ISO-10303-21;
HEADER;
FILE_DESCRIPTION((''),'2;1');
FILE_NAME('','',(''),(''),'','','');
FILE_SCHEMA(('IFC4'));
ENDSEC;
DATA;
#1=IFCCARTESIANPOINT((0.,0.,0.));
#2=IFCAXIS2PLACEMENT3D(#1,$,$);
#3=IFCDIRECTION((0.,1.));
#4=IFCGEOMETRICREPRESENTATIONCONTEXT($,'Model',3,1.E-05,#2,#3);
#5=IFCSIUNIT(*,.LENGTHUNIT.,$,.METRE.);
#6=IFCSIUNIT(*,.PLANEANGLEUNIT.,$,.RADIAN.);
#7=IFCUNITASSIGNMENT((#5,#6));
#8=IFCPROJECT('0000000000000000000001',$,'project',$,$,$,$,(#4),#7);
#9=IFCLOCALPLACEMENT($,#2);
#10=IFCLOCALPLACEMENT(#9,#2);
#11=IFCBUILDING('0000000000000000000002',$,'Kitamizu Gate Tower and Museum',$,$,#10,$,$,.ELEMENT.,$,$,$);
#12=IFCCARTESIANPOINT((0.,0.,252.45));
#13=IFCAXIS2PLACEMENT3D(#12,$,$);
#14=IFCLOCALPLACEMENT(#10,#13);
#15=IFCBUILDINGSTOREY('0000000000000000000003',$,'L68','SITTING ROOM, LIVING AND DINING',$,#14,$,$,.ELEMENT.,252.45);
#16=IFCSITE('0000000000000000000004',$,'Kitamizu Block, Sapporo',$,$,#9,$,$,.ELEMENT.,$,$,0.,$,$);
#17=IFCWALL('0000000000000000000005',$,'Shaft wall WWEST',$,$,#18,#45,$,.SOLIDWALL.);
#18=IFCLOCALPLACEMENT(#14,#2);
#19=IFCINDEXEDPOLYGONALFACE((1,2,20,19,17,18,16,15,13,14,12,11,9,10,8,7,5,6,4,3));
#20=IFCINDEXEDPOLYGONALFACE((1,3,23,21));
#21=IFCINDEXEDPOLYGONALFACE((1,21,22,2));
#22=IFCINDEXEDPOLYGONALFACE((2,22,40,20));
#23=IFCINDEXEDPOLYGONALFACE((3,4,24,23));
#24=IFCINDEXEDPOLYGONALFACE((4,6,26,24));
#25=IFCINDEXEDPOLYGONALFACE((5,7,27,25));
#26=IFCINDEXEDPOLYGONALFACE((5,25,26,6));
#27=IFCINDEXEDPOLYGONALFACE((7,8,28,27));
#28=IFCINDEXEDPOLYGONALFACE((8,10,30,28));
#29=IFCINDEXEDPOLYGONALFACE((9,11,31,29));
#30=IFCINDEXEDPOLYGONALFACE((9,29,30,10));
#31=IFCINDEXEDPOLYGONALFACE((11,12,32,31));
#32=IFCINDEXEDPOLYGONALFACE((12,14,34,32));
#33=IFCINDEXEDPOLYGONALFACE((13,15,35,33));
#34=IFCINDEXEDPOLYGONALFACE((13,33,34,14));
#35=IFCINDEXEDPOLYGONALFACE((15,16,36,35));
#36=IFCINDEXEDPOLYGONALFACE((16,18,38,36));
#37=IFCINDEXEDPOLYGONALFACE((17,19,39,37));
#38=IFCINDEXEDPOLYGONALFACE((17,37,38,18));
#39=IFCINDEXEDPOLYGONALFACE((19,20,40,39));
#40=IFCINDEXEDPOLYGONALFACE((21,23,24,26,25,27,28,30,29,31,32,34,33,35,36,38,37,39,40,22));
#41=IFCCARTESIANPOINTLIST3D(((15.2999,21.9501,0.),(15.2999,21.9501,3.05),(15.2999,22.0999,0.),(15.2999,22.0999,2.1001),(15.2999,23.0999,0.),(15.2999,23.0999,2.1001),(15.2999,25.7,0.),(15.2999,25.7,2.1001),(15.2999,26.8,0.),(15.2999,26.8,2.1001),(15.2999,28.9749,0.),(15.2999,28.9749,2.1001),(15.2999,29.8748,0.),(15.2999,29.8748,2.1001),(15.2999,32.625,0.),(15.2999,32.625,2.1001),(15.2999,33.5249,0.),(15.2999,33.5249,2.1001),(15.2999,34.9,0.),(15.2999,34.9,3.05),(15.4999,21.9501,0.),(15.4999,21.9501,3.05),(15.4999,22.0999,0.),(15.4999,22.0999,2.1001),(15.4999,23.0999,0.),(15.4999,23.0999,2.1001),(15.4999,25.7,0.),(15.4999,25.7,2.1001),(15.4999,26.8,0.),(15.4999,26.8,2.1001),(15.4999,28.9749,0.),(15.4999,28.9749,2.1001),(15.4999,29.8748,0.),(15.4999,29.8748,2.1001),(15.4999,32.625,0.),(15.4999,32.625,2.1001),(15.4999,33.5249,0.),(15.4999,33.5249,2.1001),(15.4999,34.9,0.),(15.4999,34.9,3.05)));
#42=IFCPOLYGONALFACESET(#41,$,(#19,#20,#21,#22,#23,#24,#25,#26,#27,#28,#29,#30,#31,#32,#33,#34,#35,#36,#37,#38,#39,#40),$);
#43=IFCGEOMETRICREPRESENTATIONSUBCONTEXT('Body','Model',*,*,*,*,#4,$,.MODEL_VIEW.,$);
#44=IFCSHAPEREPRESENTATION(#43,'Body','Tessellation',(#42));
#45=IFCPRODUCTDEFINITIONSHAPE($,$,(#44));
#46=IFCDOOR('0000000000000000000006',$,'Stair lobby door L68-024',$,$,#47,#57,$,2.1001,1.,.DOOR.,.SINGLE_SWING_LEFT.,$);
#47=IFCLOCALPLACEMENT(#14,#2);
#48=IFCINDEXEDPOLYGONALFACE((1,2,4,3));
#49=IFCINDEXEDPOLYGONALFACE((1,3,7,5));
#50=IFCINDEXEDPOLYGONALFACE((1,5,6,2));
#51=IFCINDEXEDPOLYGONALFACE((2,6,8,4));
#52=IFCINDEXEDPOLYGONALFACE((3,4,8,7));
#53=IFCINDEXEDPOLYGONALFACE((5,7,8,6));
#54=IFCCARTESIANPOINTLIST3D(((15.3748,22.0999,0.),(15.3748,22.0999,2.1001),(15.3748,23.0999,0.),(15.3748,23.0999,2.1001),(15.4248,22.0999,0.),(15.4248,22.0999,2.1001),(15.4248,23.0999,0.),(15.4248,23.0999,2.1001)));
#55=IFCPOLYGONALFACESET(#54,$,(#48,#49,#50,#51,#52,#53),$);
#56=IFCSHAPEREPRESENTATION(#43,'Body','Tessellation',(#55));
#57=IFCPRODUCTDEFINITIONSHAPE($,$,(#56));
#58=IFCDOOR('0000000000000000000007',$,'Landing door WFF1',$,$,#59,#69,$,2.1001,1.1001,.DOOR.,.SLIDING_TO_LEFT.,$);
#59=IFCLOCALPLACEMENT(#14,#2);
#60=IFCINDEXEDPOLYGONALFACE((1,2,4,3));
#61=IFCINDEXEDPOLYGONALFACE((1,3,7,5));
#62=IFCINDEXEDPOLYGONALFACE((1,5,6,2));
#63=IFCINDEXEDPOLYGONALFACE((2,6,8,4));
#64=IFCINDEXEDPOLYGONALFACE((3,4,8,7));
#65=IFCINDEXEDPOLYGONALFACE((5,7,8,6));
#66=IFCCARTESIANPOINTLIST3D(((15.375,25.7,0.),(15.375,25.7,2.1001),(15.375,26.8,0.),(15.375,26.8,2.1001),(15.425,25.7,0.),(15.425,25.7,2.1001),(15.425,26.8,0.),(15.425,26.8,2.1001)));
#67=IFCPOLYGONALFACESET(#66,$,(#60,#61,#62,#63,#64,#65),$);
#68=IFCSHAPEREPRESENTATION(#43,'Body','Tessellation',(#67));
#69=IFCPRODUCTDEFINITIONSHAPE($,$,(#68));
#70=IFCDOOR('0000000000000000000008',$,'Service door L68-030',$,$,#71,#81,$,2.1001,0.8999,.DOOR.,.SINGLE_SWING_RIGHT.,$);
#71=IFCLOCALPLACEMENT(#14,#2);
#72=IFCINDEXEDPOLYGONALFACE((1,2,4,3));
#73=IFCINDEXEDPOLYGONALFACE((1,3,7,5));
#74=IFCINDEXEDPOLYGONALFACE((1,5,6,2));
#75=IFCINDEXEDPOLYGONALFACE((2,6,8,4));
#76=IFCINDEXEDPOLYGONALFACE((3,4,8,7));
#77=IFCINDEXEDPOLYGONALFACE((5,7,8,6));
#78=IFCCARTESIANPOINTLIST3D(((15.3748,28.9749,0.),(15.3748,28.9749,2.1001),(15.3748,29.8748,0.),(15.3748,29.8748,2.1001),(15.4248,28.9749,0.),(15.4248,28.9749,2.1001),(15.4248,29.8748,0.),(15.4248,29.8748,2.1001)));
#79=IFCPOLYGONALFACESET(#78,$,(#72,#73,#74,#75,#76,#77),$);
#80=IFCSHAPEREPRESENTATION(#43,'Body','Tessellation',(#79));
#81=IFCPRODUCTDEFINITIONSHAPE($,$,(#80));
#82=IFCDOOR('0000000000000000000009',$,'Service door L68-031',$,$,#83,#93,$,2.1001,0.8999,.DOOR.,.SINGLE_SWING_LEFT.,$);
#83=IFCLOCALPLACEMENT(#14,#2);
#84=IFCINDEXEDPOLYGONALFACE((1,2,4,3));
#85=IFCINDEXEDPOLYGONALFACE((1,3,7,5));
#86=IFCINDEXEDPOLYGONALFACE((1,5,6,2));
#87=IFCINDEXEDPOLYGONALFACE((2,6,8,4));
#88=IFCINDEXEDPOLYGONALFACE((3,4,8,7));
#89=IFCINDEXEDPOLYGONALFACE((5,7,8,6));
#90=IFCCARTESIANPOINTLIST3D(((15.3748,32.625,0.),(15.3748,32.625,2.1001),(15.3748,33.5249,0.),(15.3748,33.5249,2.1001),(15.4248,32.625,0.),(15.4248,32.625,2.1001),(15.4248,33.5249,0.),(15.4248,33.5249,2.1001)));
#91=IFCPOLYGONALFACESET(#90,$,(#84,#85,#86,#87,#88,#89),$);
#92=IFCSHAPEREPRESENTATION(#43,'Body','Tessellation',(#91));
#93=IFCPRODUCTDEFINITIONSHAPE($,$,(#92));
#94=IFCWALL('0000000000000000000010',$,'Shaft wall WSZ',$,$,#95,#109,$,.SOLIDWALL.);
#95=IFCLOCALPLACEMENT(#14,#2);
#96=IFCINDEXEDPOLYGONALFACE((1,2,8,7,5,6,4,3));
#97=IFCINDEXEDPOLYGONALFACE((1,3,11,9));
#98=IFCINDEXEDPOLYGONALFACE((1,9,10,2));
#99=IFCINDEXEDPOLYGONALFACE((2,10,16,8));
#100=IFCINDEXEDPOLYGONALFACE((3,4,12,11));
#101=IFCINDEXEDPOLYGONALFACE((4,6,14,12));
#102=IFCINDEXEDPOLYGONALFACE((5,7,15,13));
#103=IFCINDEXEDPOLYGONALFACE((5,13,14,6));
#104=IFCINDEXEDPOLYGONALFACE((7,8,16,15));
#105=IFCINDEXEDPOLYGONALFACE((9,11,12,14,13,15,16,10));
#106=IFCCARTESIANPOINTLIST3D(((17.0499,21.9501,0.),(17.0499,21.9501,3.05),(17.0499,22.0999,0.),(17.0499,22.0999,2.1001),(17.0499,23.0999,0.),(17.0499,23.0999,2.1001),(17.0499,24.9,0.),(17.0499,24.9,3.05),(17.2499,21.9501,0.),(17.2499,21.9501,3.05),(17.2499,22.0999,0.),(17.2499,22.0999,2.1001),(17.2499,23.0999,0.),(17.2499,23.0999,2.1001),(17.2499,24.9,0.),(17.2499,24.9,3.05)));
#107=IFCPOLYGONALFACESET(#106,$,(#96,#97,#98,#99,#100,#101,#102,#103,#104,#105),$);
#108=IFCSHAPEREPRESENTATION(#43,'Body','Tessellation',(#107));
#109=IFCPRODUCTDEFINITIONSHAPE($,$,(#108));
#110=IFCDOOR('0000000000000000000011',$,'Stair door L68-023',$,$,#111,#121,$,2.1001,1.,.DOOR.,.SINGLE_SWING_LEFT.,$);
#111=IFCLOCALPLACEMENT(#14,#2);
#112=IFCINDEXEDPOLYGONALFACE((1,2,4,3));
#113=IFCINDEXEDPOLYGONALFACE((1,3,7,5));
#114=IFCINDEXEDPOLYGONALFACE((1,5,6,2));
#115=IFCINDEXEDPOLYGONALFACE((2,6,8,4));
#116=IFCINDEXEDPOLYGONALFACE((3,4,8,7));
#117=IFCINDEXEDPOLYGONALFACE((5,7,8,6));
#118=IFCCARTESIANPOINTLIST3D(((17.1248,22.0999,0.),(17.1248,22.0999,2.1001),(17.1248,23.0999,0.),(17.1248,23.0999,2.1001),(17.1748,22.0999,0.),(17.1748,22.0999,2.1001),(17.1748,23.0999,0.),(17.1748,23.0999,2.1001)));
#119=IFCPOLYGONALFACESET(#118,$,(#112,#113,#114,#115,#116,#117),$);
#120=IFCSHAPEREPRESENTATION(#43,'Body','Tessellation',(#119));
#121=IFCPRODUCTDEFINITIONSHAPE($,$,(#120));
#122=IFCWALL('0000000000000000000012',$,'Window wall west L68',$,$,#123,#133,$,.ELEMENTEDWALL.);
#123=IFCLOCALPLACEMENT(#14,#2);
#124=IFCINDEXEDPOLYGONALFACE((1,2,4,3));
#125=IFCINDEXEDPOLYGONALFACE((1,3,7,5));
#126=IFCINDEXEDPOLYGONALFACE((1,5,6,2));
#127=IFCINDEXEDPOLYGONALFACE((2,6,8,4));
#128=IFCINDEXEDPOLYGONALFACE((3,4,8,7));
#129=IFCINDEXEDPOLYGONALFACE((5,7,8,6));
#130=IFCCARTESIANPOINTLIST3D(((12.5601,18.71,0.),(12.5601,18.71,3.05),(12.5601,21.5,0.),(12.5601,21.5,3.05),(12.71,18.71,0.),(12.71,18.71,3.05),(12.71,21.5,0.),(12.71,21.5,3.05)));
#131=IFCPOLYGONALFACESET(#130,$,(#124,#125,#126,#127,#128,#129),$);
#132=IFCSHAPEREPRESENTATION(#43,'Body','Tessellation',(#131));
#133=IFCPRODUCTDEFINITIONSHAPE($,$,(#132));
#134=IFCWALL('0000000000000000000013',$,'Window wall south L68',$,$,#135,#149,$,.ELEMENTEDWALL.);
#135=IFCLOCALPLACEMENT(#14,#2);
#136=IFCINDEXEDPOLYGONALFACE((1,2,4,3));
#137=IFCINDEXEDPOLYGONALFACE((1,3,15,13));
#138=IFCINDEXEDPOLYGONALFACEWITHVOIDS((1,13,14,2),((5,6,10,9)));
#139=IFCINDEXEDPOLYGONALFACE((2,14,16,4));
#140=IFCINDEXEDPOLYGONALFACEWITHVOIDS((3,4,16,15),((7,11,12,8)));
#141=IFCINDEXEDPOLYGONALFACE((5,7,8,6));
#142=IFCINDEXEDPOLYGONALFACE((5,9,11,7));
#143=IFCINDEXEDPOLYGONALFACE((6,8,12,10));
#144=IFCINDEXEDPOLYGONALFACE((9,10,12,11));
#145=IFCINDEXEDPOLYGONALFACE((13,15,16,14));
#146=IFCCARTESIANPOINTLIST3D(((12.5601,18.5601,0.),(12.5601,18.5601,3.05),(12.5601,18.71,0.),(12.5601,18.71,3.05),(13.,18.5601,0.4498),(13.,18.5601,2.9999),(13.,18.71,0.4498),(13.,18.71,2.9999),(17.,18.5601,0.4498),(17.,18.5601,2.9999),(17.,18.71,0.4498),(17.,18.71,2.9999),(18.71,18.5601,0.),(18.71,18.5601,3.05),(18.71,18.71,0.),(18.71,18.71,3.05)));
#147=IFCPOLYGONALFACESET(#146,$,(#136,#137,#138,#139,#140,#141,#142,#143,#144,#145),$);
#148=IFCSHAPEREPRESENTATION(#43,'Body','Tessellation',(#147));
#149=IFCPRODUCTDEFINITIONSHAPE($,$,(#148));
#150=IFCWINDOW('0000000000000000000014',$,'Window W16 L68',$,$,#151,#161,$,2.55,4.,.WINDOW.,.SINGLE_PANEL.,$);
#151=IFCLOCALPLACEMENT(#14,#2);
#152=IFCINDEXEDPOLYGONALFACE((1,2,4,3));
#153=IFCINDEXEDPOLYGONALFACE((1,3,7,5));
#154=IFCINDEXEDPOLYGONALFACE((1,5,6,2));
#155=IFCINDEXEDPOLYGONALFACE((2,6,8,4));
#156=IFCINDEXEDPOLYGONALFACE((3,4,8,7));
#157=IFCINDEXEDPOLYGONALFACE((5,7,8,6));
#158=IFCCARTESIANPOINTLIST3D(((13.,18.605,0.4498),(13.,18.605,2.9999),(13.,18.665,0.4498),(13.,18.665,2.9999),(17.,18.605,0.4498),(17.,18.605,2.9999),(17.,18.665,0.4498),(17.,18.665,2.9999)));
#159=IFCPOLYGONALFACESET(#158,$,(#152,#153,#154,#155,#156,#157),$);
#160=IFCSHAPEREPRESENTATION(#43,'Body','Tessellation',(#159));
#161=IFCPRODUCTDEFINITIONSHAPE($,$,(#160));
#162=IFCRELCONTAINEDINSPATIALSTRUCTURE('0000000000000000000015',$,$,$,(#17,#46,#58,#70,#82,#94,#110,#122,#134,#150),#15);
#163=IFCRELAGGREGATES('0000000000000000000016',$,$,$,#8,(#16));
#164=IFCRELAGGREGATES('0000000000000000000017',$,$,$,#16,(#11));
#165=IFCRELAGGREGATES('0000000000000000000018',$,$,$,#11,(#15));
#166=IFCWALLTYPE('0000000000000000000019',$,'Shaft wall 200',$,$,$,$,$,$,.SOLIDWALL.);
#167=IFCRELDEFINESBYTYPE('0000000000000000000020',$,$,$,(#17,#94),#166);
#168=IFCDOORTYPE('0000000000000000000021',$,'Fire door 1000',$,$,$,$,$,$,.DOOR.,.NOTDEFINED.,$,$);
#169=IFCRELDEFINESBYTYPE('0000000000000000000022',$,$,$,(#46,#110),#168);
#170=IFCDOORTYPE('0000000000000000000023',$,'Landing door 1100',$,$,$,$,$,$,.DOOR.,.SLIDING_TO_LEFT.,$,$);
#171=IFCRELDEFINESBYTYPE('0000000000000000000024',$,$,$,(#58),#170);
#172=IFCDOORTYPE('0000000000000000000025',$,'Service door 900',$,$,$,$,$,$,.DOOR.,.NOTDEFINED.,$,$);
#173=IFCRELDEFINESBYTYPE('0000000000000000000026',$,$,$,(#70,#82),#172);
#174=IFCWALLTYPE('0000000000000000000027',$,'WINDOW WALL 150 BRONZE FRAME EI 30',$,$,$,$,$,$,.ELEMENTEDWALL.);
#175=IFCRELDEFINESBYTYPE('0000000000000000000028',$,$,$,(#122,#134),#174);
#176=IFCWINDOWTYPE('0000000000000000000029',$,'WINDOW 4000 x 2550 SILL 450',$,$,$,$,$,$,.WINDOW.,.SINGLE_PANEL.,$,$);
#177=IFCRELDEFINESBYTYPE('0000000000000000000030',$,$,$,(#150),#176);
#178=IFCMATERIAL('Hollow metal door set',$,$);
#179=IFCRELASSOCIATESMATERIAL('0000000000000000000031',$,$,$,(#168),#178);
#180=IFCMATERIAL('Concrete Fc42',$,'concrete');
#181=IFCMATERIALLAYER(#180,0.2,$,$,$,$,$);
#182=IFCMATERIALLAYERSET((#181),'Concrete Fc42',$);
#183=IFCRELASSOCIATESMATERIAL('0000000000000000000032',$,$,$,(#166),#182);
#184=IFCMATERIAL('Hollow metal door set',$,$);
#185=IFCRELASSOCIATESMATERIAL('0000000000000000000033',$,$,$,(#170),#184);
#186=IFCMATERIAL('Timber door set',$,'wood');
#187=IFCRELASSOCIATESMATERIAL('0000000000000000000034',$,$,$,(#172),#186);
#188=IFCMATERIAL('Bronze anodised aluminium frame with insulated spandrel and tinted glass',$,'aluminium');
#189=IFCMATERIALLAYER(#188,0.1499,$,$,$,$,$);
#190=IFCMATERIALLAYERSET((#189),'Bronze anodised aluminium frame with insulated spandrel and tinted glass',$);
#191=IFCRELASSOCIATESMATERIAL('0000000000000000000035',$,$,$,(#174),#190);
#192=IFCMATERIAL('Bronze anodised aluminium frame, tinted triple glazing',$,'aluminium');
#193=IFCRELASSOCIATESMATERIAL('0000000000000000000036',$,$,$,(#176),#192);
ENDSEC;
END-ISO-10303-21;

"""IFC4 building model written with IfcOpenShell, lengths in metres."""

from ifc_helpers import new_model, si_unit, direction, frame, frame_2d, origin, place, context, subcontext, project, spatial, rectangle, extrude, material, layer, layer_set, type_object, element, fill, save


model = new_model("IFC4")

# Units and contexts
model_context = context("Model", 3, precision=1e-05, world=origin(), true_north=direction((0.0, 1.0)))
body_context = subcontext(model_context, "Body", "Model", "MODEL_VIEW")
ifc_project = project(units=[si_unit("LENGTHUNIT", "METRE"), si_unit("PLANEANGLEUNIT", "RADIAN")], contexts=[model_context])

# Site, building, storey
site_placement = place(None, origin())
site = spatial("IfcSite", under=ifc_project, at=site_placement, Name="Kitamizu Block, Sapporo", CompositionType="ELEMENT", RefElevation=0.0)
building_placement = place(site_placement, origin())
building = spatial("IfcBuilding", under=site, at=building_placement, Name="Kitamizu Gate Tower and Museum", CompositionType="ELEMENT")
storey_placement = place(building_placement, frame((0.0, 0.0, 252.45)))
storey = spatial("IfcBuildingStorey", under=building, at=storey_placement, Name="L68", Description="SITTING ROOM, LIVING AND DINING", CompositionType="ELEMENT", Elevation=252.45)

# Shared definitions
ifc_material_1 = material(Name="Hollow metal door set")
door_type_1 = type_object("IfcDoorType", Name="Fire door 1000", OperationType="NOTDEFINED", PredefinedType="DOOR", material=ifc_material_1)

# Wall, openings, doors
ifc_material_2 = material(Name="Concrete Fc42", Category="concrete")
ifc_layer_1 = layer(ifc_material_2, 0.2)
ifc_layer_set_1 = layer_set([ifc_layer_1], Name="Concrete Fc42")
wall_type_1 = type_object("IfcWallType", Name="Shaft wall 200", PredefinedType="SOLIDWALL", material=ifc_layer_set_1)
wall_1_placement = place(storey_placement, frame((15.3999, 21.95, 0.0), z_axis=(0.0, 0.0, 1.0), x_axis=(0.0, 1.0, 0.0)))
wall_1 = element("IfcWall", 1, at=wall_1_placement, inside=storey, type_object=wall_type_1, Name="Shaft wall WWEST", PredefinedType="SOLIDWALL", context=body_context, shape_type="SweptSolid", body=[
    extrude(rectangle(XDim=12.95, YDim=0.2, at=frame_2d((6.4751, 0.0))), origin(), (0.0, 0.0, 1.0), 3.05),
])
opening_1_placement = place(wall_1_placement, frame((3.75, 0.0, 0.0)))
opening_1 = element("IfcOpeningElement", 2, at=opening_1_placement, cuts=wall_1, PredefinedType="OPENING", context=body_context, shape_type="SweptSolid", body=[
    extrude(rectangle(XDim=1.1001, YDim=2.1001, at=frame_2d((0.55, 1.05))), frame((0.0, 0.1099, 0.0), z_axis=(0.0, -1.0, 0.0), x_axis=(1.0, 0.0, 0.0)), (0.0, 0.0, 1.0), 0.22),
])
opening_2_placement = place(wall_1_placement, frame((0.1499, 0.0, 0.0)))
opening_2 = element("IfcOpeningElement", 3, at=opening_2_placement, cuts=wall_1, PredefinedType="OPENING", context=body_context, shape_type="SweptSolid", body=[
    extrude(rectangle(XDim=1.0, YDim=2.1001, at=frame_2d((0.5, 1.05))), frame((0.0, 0.1099, 0.0), z_axis=(0.0, -1.0, 0.0), x_axis=(1.0, 0.0, 0.0)), (0.0, 0.0, 1.0), 0.22),
])
opening_3_placement = place(wall_1_placement, frame((7.0249, 0.0, 0.0)))
opening_3 = element("IfcOpeningElement", 4, at=opening_3_placement, cuts=wall_1, PredefinedType="OPENING", context=body_context, shape_type="SweptSolid", body=[
    extrude(rectangle(XDim=0.8999, YDim=2.1001, at=frame_2d((0.45, 1.05))), frame((0.0, 0.1099, 0.0), z_axis=(0.0, -1.0, 0.0), x_axis=(1.0, 0.0, 0.0)), (0.0, 0.0, 1.0), 0.22),
])
opening_4_placement = place(wall_1_placement, frame((10.675, 0.0, 0.0)))
opening_4 = element("IfcOpeningElement", 5, at=opening_4_placement, cuts=wall_1, PredefinedType="OPENING", context=body_context, shape_type="SweptSolid", body=[
    extrude(rectangle(XDim=0.8999, YDim=2.1001, at=frame_2d((0.45, 1.05))), frame((0.0, 0.1099, 0.0), z_axis=(0.0, -1.0, 0.0), x_axis=(1.0, 0.0, 0.0)), (0.0, 0.0, 1.0), 0.22),
])
door_1_placement = place(opening_2_placement, frame((1.0, 0.0, 0.0), x_axis=(-1.0, 0.0, 0.0)))
door_1 = element("IfcDoor", 6, at=door_1_placement, inside=storey, type_object=door_type_1, Name="Stair lobby door L68-024", OperationType="SINGLE_SWING_LEFT", OverallHeight=2.1001, OverallWidth=1.0, PredefinedType="DOOR", context=body_context, shape_type="SweptSolid", body=[
    extrude(rectangle(XDim=1.0, YDim=2.1001, at=frame_2d((0.5, 1.05))), frame((0.0, 0.0249, 0.0), z_axis=(0.0, -1.0, 0.0), x_axis=(1.0, 0.0, 0.0)), (0.0, 0.0, 1.0), 0.05),
])
fill(opening_2, door_1)
ifc_material_3 = material(Name="Hollow metal door set")
door_type_2 = type_object("IfcDoorType", Name="Landing door 1100", OperationType="SLIDING_TO_LEFT", PredefinedType="DOOR", material=ifc_material_3)
door_2_placement = place(opening_1_placement, origin())
door_2 = element("IfcDoor", 7, at=door_2_placement, inside=storey, type_object=door_type_2, Name="Landing door WFF1", OperationType="SLIDING_TO_LEFT", OverallHeight=2.1001, OverallWidth=1.1001, PredefinedType="DOOR", context=body_context, shape_type="SweptSolid", body=[
    extrude(rectangle(XDim=1.1001, YDim=2.1001, at=frame_2d((0.55, 1.05))), frame((0.0, 0.0249, 0.0), z_axis=(0.0, -1.0, 0.0), x_axis=(1.0, 0.0, 0.0)), (0.0, 0.0, 1.0), 0.05),
])
fill(opening_1, door_2)
ifc_material_4 = material(Name="Timber door set", Category="wood")
door_type_3 = type_object("IfcDoorType", Name="Service door 900", OperationType="NOTDEFINED", PredefinedType="DOOR", material=ifc_material_4)
door_3_placement = place(opening_3_placement, frame((0.8999, 0.0, 0.0), x_axis=(-1.0, 0.0, 0.0)))
door_3 = element("IfcDoor", 8, at=door_3_placement, inside=storey, type_object=door_type_3, Name="Service door L68-030", OperationType="SINGLE_SWING_RIGHT", OverallHeight=2.1001, OverallWidth=0.8999, PredefinedType="DOOR", context=body_context, shape_type="SweptSolid", body=[
    extrude(rectangle(XDim=0.8999, YDim=2.1001, at=frame_2d((0.45, 1.05))), frame((0.0, 0.0249, 0.0), z_axis=(0.0, -1.0, 0.0), x_axis=(1.0, 0.0, 0.0)), (0.0, 0.0, 1.0), 0.05),
])
fill(opening_3, door_3)
door_4_placement = place(opening_4_placement, frame((0.8999, 0.0, 0.0), x_axis=(-1.0, 0.0, 0.0)))
door_4 = element("IfcDoor", 9, at=door_4_placement, inside=storey, type_object=door_type_3, Name="Service door L68-031", OperationType="SINGLE_SWING_LEFT", OverallHeight=2.1001, OverallWidth=0.8999, PredefinedType="DOOR", context=body_context, shape_type="SweptSolid", body=[
    extrude(rectangle(XDim=0.8999, YDim=2.1001, at=frame_2d((0.45, 1.05))), frame((0.0, 0.0249, 0.0), z_axis=(0.0, -1.0, 0.0), x_axis=(1.0, 0.0, 0.0)), (0.0, 0.0, 1.0), 0.05),
])
fill(opening_4, door_4)

# Wall, opening, door
wall_2_placement = place(storey_placement, frame((17.1499, 21.95, 0.0), z_axis=(0.0, 0.0, 1.0), x_axis=(0.0, 1.0, 0.0)))
wall_2 = element("IfcWall", 10, at=wall_2_placement, inside=storey, type_object=wall_type_1, Name="Shaft wall WSZ", PredefinedType="SOLIDWALL", context=body_context, shape_type="SweptSolid", body=[
    extrude(rectangle(XDim=2.95, YDim=0.2, at=frame_2d((1.4751, 0.0))), origin(), (0.0, 0.0, 1.0), 3.05),
])
opening_5_placement = place(wall_2_placement, frame((0.1499, 0.0, 0.0)))
opening_5 = element("IfcOpeningElement", 11, at=opening_5_placement, cuts=wall_2, PredefinedType="OPENING", context=body_context, shape_type="SweptSolid", body=[
    extrude(rectangle(XDim=1.0, YDim=2.1001, at=frame_2d((0.5, 1.05))), frame((0.0, 0.1099, 0.0), z_axis=(0.0, -1.0, 0.0), x_axis=(1.0, 0.0, 0.0)), (0.0, 0.0, 1.0), 0.22),
])
door_5_placement = place(opening_5_placement, frame((1.0, 0.0, 0.0), x_axis=(-1.0, 0.0, 0.0)))
door_5 = element("IfcDoor", 12, at=door_5_placement, inside=storey, type_object=door_type_1, Name="Stair door L68-023", OperationType="SINGLE_SWING_LEFT", OverallHeight=2.1001, OverallWidth=1.0, PredefinedType="DOOR", context=body_context, shape_type="SweptSolid", body=[
    extrude(rectangle(XDim=1.0, YDim=2.1001, at=frame_2d((0.5, 1.05))), frame((0.0, 0.0249, 0.0), z_axis=(0.0, -1.0, 0.0), x_axis=(1.0, 0.0, 0.0)), (0.0, 0.0, 1.0), 0.05),
])
fill(opening_5, door_5)

# Wall
ifc_material_5 = material(Name="Bronze anodised aluminium frame with insulated spandrel and tinted glass", Category="aluminium")
ifc_layer_2 = layer(ifc_material_5, 0.1499)
ifc_layer_set_2 = layer_set([ifc_layer_2], Name="Bronze anodised aluminium frame with insulated spandrel and tinted glass")
wall_type_2 = type_object("IfcWallType", Name="WINDOW WALL 150 BRONZE FRAME EI 30", PredefinedType="ELEMENTEDWALL", material=ifc_layer_set_2)
wall_3_placement = place(storey_placement, frame((12.635, 18.71, 0.0), z_axis=(0.0, 0.0, 1.0), x_axis=(0.0, 1.0, 0.0)))
element("IfcWall", 13, at=wall_3_placement, inside=storey, type_object=wall_type_2, Name="Window wall west L68", PredefinedType="ELEMENTEDWALL", context=body_context, shape_type="SweptSolid", body=[
    extrude(rectangle(XDim=2.79, YDim=0.1499, at=frame_2d((1.395, 0.0))), origin(), (0.0, 0.0, 1.0), 3.05),
])

# Wall, opening, window
wall_4_placement = place(storey_placement, frame((12.5601, 18.635, 0.0), z_axis=(0.0, 0.0, 1.0), x_axis=(1.0, 0.0, 0.0)))
wall_4 = element("IfcWall", 14, at=wall_4_placement, inside=storey, type_object=wall_type_2, Name="Window wall south L68", PredefinedType="ELEMENTEDWALL", context=body_context, shape_type="SweptSolid", body=[
    extrude(rectangle(XDim=6.1499, YDim=0.1499, at=frame_2d((3.075, 0.0))), origin(), (0.0, 0.0, 1.0), 3.05),
])
opening_6_placement = place(wall_4_placement, frame((0.4399, 0.0, 0.45)))
opening_6 = element("IfcOpeningElement", 15, at=opening_6_placement, cuts=wall_4, PredefinedType="OPENING", context=body_context, shape_type="SweptSolid", body=[
    extrude(rectangle(XDim=4.0, YDim=2.55, at=frame_2d((2.0, 1.2749))), frame((0.0, 0.085, 0.0), z_axis=(0.0, -1.0, 0.0), x_axis=(1.0, 0.0, 0.0)), (0.0, 0.0, 1.0), 0.1699),
])
ifc_material_6 = material(Name="Bronze anodised aluminium frame, tinted triple glazing", Category="aluminium")
window_type = type_object("IfcWindowType", Name="WINDOW 4000 x 2550 SILL 450", PartitioningType="SINGLE_PANEL", PredefinedType="WINDOW", material=ifc_material_6)
window_placement = place(opening_6_placement, origin())
window = element("IfcWindow", 16, at=window_placement, inside=storey, type_object=window_type, Name="Window W16 L68", OverallHeight=2.55, OverallWidth=4.0, PartitioningType="SINGLE_PANEL", PredefinedType="WINDOW", context=body_context, shape_type="SweptSolid", body=[
    extrude(rectangle(XDim=4.0, YDim=2.55, at=frame_2d((2.0, 1.2749))), frame((0.0, 0.03, 0.0), z_axis=(0.0, -1.0, 0.0), x_axis=(1.0, 0.0, 0.0)), (0.0, 0.0, 1.0), 0.0601),
])
fill(opening_6, window)

save(model, "model.ifc")
